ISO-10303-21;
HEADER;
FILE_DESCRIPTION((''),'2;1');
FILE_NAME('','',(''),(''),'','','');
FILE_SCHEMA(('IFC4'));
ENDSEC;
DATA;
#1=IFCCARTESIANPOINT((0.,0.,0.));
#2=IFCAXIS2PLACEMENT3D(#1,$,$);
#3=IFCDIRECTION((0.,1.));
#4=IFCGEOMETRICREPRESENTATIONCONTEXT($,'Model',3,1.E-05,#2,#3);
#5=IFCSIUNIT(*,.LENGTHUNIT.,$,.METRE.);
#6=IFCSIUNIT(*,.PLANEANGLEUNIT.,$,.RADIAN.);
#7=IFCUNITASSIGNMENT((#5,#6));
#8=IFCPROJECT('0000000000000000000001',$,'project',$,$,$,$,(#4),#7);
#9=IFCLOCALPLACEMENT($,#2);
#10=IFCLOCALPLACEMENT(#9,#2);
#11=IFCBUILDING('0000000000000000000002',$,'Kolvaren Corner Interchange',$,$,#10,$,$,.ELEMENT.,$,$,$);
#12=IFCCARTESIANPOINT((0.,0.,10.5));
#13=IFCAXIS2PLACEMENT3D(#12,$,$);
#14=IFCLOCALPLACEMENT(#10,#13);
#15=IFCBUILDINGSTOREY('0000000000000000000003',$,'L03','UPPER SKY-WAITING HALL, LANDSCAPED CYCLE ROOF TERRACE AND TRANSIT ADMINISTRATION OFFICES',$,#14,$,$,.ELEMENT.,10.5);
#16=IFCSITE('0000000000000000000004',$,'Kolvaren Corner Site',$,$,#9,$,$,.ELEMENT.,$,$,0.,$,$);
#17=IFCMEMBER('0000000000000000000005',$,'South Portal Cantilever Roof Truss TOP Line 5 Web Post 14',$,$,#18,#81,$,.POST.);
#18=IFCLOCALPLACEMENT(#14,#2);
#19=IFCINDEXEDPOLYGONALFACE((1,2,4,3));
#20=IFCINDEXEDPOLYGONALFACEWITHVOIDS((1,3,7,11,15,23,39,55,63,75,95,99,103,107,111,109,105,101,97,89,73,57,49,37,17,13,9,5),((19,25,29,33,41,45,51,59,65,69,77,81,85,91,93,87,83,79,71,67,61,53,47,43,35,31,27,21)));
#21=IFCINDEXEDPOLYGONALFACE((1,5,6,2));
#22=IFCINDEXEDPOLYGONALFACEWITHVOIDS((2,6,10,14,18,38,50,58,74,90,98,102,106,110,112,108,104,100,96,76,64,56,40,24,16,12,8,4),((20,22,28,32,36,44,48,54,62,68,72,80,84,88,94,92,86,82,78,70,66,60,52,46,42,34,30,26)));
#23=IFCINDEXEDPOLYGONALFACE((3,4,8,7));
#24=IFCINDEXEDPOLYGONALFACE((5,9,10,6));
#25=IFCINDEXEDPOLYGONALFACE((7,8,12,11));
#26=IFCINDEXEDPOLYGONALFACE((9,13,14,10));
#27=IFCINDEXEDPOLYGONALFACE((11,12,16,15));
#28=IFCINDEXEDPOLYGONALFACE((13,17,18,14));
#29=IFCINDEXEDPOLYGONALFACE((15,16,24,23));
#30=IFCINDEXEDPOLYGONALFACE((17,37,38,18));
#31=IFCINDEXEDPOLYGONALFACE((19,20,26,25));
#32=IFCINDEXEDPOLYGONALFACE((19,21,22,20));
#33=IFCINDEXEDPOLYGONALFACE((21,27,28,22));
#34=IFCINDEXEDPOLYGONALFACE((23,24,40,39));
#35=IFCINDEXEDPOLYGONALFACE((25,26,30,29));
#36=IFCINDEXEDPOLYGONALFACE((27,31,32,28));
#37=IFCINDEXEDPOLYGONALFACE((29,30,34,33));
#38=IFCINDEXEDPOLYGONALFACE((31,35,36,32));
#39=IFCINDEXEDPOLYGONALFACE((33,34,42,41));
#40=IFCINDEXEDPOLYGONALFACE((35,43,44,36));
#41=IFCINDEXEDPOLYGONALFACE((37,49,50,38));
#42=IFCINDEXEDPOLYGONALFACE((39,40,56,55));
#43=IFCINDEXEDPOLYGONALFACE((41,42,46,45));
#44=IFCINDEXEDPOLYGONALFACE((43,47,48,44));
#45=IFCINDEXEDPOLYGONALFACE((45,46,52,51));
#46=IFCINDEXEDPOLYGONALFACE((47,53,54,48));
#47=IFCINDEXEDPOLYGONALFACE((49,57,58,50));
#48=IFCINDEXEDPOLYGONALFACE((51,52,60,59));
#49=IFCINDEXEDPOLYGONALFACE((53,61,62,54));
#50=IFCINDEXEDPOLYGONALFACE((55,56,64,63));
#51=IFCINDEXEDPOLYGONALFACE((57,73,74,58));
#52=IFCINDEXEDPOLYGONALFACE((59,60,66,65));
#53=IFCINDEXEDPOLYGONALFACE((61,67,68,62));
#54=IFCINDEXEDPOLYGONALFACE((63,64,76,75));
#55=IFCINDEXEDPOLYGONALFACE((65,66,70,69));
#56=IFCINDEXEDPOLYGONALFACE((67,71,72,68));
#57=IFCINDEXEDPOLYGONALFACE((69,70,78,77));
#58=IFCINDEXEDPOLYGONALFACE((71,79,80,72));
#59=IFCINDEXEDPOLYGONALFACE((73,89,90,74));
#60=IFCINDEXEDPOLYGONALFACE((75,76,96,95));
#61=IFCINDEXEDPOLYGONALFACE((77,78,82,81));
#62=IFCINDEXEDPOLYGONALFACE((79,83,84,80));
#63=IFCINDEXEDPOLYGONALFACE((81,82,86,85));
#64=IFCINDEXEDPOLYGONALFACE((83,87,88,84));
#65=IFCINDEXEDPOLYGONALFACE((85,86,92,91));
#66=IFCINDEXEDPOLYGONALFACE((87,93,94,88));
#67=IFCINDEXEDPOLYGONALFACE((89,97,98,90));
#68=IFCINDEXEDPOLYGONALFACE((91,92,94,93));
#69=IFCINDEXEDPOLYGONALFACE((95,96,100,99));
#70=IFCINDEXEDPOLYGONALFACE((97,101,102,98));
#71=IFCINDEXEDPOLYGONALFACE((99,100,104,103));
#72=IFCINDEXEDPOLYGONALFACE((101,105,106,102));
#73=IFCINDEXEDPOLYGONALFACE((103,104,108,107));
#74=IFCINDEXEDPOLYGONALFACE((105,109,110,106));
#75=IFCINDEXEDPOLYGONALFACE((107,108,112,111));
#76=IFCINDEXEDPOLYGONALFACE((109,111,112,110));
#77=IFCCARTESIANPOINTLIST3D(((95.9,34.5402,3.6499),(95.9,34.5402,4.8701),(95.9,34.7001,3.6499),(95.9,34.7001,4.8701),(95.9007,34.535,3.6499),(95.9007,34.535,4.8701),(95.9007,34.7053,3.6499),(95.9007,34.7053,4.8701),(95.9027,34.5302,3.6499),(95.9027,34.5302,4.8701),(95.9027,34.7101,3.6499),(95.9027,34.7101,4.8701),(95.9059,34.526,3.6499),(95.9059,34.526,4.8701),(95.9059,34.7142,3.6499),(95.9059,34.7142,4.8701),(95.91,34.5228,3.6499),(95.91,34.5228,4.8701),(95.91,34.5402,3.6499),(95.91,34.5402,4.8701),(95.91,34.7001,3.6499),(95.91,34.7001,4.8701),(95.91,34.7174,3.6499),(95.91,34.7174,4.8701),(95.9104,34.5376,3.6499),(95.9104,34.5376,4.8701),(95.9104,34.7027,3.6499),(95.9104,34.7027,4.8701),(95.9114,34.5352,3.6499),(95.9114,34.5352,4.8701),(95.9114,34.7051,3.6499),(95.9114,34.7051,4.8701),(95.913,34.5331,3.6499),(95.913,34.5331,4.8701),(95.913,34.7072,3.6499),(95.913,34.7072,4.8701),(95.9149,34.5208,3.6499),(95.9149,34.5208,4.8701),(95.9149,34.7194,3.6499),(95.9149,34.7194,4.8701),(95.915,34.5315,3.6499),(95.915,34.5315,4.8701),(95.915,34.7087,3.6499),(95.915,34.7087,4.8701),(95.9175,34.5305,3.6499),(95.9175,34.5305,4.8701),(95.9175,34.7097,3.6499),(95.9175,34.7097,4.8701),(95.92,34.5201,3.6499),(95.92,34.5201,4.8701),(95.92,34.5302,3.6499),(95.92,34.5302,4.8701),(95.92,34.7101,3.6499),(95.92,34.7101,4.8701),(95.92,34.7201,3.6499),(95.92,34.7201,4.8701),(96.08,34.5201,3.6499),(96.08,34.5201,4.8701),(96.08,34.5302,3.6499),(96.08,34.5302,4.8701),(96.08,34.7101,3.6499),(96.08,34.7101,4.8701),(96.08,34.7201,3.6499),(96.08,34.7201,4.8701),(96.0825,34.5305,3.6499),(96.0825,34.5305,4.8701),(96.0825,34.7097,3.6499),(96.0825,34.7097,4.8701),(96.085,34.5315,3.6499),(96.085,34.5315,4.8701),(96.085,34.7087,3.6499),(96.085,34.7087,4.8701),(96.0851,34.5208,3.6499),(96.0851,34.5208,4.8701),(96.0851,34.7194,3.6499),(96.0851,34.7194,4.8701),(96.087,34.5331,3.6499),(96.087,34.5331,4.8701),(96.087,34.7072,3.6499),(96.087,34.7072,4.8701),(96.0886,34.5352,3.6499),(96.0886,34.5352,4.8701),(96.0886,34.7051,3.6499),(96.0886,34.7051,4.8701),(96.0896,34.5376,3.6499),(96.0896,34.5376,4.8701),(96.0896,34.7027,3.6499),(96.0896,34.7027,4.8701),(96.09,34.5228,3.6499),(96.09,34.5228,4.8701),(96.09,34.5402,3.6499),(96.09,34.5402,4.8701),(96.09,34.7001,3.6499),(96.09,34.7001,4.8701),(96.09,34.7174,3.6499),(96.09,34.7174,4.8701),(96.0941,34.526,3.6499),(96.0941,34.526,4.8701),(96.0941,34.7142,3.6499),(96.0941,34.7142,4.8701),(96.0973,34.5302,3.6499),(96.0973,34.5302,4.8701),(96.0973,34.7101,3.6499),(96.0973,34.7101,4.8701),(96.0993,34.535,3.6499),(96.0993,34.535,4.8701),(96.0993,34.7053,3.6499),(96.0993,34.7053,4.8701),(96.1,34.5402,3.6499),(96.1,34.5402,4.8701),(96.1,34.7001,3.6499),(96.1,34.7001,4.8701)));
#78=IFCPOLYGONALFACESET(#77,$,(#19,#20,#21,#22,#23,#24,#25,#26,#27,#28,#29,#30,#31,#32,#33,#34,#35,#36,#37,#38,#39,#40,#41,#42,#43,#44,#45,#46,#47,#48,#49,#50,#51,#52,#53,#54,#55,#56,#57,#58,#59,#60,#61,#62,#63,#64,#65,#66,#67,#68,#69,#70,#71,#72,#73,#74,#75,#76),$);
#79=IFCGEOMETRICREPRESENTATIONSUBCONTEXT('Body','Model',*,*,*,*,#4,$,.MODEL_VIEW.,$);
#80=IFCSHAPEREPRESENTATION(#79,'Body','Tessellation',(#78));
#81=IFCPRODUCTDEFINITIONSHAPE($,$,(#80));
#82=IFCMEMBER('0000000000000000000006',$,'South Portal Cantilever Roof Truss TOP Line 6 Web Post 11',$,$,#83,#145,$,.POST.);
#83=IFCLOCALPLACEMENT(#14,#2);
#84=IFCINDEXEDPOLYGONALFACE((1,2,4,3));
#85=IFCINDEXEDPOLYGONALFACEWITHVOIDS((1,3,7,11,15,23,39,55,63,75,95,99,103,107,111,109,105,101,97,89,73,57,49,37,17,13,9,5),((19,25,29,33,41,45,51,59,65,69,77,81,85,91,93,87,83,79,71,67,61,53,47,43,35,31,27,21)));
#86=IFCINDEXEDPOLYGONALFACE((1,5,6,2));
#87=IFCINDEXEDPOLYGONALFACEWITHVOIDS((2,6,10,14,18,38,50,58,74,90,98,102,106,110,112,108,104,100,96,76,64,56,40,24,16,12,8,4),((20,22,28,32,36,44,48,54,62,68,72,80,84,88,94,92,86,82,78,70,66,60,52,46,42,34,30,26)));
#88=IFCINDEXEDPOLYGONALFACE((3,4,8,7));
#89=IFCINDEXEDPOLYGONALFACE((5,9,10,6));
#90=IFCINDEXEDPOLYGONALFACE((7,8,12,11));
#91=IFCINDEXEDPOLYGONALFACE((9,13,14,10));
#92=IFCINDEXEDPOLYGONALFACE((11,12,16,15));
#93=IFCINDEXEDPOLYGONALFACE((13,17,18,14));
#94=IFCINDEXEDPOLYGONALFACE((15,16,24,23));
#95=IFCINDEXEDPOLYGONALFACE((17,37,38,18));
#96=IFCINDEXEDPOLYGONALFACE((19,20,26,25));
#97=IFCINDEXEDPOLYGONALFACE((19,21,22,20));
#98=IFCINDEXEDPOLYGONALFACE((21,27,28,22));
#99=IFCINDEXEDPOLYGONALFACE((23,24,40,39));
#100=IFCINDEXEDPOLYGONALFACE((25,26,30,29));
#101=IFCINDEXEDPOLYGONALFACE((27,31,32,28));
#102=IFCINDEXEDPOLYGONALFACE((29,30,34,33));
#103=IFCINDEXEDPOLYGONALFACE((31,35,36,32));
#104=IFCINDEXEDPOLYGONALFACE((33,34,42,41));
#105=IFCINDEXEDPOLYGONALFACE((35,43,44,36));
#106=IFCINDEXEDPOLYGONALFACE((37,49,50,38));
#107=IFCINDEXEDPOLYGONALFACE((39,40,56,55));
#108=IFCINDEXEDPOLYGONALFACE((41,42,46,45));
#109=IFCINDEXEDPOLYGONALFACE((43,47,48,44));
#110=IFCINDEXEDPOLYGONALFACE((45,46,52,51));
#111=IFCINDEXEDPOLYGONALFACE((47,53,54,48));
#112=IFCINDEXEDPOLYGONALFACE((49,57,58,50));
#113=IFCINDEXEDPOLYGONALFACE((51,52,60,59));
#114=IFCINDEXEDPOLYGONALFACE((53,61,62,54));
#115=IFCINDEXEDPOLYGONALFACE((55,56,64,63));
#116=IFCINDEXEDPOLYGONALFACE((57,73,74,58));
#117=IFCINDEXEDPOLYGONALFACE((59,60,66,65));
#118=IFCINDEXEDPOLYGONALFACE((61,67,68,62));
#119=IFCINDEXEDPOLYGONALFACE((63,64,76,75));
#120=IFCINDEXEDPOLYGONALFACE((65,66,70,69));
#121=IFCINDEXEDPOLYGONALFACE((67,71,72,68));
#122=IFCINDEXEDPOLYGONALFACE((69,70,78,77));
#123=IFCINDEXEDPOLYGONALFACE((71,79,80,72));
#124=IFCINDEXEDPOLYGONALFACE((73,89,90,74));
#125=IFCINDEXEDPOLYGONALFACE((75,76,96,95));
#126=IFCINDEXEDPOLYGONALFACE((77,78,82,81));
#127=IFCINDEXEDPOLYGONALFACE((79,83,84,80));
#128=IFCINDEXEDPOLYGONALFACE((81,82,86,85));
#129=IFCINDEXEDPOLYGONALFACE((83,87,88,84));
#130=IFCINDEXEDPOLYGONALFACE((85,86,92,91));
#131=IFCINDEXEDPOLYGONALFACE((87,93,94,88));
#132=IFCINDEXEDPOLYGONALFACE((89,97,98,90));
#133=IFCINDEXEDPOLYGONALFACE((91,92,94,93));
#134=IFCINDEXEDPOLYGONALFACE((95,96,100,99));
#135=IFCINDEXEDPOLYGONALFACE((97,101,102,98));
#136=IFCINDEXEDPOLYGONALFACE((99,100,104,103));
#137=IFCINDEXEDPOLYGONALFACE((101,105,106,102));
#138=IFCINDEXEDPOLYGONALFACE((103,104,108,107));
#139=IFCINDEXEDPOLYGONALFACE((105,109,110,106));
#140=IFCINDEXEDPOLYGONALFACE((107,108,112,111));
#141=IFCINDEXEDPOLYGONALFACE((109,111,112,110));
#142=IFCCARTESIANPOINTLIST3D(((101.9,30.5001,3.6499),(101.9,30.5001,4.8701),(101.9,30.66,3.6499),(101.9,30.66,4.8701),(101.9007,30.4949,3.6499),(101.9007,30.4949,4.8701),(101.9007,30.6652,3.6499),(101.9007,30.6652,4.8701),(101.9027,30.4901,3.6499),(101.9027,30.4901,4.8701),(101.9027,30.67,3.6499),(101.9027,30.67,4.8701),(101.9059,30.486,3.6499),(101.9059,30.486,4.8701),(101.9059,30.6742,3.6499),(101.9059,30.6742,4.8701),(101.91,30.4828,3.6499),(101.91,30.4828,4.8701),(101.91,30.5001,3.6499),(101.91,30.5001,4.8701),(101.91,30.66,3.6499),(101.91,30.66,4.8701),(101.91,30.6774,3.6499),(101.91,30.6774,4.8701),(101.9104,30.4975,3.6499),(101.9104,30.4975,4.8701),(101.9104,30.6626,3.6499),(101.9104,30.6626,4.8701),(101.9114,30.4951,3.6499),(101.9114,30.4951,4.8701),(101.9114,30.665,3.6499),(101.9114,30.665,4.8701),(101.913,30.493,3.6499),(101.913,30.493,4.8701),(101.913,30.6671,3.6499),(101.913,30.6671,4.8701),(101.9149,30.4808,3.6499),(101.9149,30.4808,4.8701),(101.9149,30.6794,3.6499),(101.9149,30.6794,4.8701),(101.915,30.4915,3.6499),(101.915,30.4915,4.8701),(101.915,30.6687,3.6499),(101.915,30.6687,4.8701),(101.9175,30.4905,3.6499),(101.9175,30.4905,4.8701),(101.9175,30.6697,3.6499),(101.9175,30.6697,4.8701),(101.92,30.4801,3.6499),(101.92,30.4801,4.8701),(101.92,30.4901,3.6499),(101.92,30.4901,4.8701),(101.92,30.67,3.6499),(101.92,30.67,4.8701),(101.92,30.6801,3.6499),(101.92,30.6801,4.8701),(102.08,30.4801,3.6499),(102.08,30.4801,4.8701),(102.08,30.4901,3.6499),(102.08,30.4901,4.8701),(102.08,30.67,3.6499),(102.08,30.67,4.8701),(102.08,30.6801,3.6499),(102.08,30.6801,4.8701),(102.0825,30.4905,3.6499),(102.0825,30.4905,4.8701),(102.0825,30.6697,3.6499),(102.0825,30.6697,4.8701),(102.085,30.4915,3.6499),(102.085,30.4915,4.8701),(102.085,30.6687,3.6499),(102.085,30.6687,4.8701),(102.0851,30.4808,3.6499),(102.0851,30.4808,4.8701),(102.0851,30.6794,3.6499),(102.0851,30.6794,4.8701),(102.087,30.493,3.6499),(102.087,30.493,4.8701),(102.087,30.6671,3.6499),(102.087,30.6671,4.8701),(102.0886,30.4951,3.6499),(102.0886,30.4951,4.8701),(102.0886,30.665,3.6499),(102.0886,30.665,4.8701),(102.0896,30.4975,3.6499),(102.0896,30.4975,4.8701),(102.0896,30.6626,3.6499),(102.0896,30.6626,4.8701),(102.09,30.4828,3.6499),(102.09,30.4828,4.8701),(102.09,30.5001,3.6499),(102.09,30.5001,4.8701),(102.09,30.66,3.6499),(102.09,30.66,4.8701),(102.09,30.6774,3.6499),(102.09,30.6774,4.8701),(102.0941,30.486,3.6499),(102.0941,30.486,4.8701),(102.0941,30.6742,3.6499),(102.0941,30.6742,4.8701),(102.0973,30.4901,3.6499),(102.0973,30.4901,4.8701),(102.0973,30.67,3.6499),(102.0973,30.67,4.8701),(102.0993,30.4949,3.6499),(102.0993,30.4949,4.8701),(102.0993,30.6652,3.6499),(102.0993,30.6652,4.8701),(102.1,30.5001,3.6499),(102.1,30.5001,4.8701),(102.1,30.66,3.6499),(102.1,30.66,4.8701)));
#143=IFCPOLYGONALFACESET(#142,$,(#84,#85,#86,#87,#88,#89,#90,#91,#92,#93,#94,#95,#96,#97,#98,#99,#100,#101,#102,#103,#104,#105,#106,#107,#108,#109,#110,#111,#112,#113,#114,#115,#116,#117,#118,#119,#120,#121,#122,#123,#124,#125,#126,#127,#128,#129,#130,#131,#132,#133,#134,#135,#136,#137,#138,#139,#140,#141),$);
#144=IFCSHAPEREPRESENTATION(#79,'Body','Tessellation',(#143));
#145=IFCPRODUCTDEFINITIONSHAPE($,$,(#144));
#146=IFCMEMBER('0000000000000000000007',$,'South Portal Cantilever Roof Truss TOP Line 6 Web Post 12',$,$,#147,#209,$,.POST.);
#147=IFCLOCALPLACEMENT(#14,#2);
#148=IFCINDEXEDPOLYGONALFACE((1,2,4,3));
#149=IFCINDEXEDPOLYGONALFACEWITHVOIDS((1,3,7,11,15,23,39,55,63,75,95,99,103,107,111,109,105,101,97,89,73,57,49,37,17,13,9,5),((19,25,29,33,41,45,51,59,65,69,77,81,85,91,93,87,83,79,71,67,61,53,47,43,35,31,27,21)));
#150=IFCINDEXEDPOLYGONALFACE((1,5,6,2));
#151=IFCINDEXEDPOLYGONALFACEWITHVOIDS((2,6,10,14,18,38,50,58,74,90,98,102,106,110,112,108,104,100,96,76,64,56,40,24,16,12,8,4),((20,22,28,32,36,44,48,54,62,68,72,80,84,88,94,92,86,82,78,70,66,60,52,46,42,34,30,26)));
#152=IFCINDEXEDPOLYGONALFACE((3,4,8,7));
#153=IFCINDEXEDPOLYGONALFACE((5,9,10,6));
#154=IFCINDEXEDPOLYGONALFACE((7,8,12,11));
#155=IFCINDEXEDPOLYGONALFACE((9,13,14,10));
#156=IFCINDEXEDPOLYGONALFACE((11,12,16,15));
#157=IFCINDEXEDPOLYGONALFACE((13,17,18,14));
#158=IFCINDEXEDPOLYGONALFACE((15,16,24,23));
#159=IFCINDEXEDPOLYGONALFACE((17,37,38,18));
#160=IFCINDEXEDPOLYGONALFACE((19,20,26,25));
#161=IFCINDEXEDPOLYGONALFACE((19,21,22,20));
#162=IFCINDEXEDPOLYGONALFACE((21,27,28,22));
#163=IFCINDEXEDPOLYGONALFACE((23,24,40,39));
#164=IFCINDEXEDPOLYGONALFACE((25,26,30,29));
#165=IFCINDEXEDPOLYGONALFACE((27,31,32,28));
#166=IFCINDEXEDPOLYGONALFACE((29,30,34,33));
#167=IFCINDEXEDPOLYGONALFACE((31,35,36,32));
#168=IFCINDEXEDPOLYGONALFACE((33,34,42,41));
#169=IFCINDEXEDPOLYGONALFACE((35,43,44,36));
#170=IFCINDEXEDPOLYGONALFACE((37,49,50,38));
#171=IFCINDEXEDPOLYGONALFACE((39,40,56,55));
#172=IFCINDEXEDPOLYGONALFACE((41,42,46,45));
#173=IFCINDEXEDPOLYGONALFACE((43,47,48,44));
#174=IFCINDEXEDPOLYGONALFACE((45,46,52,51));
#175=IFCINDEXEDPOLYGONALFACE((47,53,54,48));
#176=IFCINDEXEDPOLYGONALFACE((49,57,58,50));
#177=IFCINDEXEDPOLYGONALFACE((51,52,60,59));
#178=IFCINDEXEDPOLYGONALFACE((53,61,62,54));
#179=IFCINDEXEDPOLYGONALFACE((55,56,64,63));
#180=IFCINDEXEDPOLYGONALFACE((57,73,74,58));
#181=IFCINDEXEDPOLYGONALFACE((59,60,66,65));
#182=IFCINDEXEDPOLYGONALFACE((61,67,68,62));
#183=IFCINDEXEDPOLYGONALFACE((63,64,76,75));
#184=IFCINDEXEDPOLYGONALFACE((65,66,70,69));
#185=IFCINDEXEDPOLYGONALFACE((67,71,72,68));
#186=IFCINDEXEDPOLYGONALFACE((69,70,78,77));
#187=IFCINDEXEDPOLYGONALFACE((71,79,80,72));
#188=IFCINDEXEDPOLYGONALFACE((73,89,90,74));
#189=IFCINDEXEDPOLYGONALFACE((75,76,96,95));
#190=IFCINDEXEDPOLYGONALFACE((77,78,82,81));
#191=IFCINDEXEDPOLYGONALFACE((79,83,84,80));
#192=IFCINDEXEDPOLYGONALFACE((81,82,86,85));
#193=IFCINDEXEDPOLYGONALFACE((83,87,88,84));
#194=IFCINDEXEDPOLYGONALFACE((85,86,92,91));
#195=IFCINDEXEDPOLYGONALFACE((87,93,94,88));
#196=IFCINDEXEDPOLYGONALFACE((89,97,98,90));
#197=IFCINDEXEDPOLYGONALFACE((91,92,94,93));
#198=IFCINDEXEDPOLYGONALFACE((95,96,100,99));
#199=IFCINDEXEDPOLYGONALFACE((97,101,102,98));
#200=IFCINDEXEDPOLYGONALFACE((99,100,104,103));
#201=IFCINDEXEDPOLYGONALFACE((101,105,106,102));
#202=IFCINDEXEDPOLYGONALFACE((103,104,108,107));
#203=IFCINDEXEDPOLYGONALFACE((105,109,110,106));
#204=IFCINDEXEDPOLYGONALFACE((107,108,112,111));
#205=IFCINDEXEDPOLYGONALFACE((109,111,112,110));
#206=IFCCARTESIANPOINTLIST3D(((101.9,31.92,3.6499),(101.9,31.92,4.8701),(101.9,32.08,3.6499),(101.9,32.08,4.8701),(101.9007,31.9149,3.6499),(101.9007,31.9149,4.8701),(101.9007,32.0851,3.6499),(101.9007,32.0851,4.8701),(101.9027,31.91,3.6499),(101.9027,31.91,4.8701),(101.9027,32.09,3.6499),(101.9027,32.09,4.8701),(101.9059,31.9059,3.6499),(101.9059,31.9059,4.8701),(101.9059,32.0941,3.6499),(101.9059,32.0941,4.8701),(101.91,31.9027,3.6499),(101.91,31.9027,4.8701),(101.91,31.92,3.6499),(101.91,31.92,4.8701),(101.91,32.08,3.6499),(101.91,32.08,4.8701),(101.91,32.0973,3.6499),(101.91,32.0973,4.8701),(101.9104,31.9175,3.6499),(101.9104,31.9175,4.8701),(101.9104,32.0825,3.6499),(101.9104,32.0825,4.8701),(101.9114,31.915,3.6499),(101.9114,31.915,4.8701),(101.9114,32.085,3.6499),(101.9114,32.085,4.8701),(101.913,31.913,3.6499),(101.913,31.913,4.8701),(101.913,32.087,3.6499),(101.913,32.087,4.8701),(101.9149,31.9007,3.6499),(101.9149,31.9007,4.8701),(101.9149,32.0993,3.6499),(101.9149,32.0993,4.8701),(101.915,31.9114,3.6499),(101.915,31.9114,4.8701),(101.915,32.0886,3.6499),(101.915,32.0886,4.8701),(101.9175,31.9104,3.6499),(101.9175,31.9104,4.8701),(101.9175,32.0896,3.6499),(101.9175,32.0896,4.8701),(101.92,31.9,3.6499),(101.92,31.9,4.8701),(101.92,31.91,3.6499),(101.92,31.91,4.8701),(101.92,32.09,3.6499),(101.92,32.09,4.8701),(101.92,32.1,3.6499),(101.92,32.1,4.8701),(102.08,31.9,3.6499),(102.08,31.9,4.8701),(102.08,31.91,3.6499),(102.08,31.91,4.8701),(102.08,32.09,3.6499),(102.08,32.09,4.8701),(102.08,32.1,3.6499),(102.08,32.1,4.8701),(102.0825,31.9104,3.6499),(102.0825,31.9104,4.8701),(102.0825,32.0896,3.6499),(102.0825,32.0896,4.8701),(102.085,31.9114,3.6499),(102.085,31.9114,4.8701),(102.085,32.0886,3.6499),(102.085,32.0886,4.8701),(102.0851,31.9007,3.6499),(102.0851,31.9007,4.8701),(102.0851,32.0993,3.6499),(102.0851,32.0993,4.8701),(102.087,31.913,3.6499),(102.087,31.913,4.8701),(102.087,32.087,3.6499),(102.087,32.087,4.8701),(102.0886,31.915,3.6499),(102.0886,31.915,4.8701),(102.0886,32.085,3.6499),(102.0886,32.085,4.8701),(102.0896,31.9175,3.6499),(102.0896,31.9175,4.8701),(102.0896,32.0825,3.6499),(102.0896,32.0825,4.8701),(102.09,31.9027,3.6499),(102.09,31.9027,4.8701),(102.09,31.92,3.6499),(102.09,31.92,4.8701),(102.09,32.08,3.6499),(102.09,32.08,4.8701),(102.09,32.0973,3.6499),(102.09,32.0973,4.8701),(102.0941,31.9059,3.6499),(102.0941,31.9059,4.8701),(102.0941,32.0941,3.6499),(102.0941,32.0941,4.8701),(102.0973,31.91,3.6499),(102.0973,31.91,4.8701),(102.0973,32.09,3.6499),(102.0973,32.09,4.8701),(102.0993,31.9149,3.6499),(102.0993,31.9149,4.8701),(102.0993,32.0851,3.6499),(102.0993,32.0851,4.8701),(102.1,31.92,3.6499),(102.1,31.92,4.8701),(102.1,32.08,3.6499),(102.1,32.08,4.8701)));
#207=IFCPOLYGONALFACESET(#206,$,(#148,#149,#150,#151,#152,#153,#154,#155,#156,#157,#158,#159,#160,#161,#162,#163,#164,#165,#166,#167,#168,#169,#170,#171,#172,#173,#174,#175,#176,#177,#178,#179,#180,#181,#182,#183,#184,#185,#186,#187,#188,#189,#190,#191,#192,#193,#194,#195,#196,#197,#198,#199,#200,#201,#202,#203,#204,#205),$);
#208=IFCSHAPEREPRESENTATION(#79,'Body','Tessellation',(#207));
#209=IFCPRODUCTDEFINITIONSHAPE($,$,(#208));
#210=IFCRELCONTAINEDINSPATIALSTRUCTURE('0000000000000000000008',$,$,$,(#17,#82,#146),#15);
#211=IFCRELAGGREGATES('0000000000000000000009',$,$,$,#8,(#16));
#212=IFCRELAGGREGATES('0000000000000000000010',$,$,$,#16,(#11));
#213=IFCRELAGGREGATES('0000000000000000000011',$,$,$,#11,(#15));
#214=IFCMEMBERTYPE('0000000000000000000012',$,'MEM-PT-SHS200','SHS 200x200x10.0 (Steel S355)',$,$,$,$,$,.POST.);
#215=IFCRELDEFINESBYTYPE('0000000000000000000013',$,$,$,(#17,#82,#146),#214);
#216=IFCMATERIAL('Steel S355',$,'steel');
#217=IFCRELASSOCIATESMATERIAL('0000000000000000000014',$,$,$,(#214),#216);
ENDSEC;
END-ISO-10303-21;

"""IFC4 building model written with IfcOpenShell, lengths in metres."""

from ifc_helpers import new_model, si_unit, direction, frame, origin, origin_2d, place, context, subcontext, project, spatial, hollow_rectangle, extrude, material, material_profile, profile_set, type_object, element, save


model = new_model("IFC4")

# Units and contexts
model_context = context("Model", 3, precision=1e-05, world=origin(), true_north=direction((0.0, 1.0)))
body_context = subcontext(model_context, "Body", "Model", "MODEL_VIEW")
ifc_project = project(units=[si_unit("LENGTHUNIT", "METRE"), si_unit("PLANEANGLEUNIT", "RADIAN")], contexts=[model_context])

# Site, building, storey
site_placement = place(None, origin())
site = spatial("IfcSite", under=ifc_project, at=site_placement, Name="Kolvaren Corner Site", CompositionType="ELEMENT", RefElevation=0.0)
building_placement = place(site_placement, origin())
building = spatial("IfcBuilding", under=site, at=building_placement, Name="Kolvaren Corner Interchange", CompositionType="ELEMENT")
storey_placement = place(building_placement, frame((0.0, 0.0, 10.5)))
storey = spatial("IfcBuildingStorey", under=building, at=storey_placement, Name="L03", Description="UPPER SKY-WAITING HALL, LANDSCAPED CYCLE ROOF TERRACE AND TRANSIT ADMINISTRATION OFFICES", CompositionType="ELEMENT", Elevation=10.5)

# Members
ifc_material_1 = material(Name="Steel S355", Category="steel")
ifc_material_profile_1 = material_profile(ifc_material_1, hollow_rectangle(XDim=0.2, YDim=0.2, WallThickness=0.01, InnerFilletRadius=0.01, OuterFilletRadius=0.02, at=origin_2d()), Name="SHS 200x200x10.0")
ifc_profile_set_1 = profile_set([ifc_material_profile_1], Name="Steel S355")
member_type_1 = type_object("IfcMemberType", Name="MEM-PT-SHS200", Description="SHS 200x200x10.0 (Steel S355)", PredefinedType="POST", material=ifc_profile_set_1)
for number, where, z_axis, x_axis, name in (
    (1, (96.0, 34.6201, 3.6499), (0.0, 0.0, 1.0), (1.0, 0.0, 0.0), "South Portal Cantilever Roof Truss TOP Line 5 Web Post 14"),
    (2, (102.0, 30.5801, 3.6499), (0.0, 0.0, 1.0), (1.0, 0.0, 0.0), "South Portal Cantilever Roof Truss TOP Line 6 Web Post 11"),
    (3, (102.0, 32.0, 3.6499), (0.0, 0.0, 1.0), (1.0, 0.0, 0.0), "South Portal Cantilever Roof Truss TOP Line 6 Web Post 12"),
):
    element("IfcMember", number, at=place(storey_placement, frame(where, z_axis=z_axis, x_axis=x_axis)), inside=storey, type_object=member_type_1, Name=name, PredefinedType="POST", context=body_context, shape_type="SweptSolid", body=[
        extrude(hollow_rectangle(XDim=0.2, YDim=0.2, WallThickness=0.01, InnerFilletRadius=0.01, OuterFilletRadius=0.02, at=origin_2d()), origin(), (0.0, 0.0, 1.0), 1.2202),
    ])

save(model, "model.ifc")
